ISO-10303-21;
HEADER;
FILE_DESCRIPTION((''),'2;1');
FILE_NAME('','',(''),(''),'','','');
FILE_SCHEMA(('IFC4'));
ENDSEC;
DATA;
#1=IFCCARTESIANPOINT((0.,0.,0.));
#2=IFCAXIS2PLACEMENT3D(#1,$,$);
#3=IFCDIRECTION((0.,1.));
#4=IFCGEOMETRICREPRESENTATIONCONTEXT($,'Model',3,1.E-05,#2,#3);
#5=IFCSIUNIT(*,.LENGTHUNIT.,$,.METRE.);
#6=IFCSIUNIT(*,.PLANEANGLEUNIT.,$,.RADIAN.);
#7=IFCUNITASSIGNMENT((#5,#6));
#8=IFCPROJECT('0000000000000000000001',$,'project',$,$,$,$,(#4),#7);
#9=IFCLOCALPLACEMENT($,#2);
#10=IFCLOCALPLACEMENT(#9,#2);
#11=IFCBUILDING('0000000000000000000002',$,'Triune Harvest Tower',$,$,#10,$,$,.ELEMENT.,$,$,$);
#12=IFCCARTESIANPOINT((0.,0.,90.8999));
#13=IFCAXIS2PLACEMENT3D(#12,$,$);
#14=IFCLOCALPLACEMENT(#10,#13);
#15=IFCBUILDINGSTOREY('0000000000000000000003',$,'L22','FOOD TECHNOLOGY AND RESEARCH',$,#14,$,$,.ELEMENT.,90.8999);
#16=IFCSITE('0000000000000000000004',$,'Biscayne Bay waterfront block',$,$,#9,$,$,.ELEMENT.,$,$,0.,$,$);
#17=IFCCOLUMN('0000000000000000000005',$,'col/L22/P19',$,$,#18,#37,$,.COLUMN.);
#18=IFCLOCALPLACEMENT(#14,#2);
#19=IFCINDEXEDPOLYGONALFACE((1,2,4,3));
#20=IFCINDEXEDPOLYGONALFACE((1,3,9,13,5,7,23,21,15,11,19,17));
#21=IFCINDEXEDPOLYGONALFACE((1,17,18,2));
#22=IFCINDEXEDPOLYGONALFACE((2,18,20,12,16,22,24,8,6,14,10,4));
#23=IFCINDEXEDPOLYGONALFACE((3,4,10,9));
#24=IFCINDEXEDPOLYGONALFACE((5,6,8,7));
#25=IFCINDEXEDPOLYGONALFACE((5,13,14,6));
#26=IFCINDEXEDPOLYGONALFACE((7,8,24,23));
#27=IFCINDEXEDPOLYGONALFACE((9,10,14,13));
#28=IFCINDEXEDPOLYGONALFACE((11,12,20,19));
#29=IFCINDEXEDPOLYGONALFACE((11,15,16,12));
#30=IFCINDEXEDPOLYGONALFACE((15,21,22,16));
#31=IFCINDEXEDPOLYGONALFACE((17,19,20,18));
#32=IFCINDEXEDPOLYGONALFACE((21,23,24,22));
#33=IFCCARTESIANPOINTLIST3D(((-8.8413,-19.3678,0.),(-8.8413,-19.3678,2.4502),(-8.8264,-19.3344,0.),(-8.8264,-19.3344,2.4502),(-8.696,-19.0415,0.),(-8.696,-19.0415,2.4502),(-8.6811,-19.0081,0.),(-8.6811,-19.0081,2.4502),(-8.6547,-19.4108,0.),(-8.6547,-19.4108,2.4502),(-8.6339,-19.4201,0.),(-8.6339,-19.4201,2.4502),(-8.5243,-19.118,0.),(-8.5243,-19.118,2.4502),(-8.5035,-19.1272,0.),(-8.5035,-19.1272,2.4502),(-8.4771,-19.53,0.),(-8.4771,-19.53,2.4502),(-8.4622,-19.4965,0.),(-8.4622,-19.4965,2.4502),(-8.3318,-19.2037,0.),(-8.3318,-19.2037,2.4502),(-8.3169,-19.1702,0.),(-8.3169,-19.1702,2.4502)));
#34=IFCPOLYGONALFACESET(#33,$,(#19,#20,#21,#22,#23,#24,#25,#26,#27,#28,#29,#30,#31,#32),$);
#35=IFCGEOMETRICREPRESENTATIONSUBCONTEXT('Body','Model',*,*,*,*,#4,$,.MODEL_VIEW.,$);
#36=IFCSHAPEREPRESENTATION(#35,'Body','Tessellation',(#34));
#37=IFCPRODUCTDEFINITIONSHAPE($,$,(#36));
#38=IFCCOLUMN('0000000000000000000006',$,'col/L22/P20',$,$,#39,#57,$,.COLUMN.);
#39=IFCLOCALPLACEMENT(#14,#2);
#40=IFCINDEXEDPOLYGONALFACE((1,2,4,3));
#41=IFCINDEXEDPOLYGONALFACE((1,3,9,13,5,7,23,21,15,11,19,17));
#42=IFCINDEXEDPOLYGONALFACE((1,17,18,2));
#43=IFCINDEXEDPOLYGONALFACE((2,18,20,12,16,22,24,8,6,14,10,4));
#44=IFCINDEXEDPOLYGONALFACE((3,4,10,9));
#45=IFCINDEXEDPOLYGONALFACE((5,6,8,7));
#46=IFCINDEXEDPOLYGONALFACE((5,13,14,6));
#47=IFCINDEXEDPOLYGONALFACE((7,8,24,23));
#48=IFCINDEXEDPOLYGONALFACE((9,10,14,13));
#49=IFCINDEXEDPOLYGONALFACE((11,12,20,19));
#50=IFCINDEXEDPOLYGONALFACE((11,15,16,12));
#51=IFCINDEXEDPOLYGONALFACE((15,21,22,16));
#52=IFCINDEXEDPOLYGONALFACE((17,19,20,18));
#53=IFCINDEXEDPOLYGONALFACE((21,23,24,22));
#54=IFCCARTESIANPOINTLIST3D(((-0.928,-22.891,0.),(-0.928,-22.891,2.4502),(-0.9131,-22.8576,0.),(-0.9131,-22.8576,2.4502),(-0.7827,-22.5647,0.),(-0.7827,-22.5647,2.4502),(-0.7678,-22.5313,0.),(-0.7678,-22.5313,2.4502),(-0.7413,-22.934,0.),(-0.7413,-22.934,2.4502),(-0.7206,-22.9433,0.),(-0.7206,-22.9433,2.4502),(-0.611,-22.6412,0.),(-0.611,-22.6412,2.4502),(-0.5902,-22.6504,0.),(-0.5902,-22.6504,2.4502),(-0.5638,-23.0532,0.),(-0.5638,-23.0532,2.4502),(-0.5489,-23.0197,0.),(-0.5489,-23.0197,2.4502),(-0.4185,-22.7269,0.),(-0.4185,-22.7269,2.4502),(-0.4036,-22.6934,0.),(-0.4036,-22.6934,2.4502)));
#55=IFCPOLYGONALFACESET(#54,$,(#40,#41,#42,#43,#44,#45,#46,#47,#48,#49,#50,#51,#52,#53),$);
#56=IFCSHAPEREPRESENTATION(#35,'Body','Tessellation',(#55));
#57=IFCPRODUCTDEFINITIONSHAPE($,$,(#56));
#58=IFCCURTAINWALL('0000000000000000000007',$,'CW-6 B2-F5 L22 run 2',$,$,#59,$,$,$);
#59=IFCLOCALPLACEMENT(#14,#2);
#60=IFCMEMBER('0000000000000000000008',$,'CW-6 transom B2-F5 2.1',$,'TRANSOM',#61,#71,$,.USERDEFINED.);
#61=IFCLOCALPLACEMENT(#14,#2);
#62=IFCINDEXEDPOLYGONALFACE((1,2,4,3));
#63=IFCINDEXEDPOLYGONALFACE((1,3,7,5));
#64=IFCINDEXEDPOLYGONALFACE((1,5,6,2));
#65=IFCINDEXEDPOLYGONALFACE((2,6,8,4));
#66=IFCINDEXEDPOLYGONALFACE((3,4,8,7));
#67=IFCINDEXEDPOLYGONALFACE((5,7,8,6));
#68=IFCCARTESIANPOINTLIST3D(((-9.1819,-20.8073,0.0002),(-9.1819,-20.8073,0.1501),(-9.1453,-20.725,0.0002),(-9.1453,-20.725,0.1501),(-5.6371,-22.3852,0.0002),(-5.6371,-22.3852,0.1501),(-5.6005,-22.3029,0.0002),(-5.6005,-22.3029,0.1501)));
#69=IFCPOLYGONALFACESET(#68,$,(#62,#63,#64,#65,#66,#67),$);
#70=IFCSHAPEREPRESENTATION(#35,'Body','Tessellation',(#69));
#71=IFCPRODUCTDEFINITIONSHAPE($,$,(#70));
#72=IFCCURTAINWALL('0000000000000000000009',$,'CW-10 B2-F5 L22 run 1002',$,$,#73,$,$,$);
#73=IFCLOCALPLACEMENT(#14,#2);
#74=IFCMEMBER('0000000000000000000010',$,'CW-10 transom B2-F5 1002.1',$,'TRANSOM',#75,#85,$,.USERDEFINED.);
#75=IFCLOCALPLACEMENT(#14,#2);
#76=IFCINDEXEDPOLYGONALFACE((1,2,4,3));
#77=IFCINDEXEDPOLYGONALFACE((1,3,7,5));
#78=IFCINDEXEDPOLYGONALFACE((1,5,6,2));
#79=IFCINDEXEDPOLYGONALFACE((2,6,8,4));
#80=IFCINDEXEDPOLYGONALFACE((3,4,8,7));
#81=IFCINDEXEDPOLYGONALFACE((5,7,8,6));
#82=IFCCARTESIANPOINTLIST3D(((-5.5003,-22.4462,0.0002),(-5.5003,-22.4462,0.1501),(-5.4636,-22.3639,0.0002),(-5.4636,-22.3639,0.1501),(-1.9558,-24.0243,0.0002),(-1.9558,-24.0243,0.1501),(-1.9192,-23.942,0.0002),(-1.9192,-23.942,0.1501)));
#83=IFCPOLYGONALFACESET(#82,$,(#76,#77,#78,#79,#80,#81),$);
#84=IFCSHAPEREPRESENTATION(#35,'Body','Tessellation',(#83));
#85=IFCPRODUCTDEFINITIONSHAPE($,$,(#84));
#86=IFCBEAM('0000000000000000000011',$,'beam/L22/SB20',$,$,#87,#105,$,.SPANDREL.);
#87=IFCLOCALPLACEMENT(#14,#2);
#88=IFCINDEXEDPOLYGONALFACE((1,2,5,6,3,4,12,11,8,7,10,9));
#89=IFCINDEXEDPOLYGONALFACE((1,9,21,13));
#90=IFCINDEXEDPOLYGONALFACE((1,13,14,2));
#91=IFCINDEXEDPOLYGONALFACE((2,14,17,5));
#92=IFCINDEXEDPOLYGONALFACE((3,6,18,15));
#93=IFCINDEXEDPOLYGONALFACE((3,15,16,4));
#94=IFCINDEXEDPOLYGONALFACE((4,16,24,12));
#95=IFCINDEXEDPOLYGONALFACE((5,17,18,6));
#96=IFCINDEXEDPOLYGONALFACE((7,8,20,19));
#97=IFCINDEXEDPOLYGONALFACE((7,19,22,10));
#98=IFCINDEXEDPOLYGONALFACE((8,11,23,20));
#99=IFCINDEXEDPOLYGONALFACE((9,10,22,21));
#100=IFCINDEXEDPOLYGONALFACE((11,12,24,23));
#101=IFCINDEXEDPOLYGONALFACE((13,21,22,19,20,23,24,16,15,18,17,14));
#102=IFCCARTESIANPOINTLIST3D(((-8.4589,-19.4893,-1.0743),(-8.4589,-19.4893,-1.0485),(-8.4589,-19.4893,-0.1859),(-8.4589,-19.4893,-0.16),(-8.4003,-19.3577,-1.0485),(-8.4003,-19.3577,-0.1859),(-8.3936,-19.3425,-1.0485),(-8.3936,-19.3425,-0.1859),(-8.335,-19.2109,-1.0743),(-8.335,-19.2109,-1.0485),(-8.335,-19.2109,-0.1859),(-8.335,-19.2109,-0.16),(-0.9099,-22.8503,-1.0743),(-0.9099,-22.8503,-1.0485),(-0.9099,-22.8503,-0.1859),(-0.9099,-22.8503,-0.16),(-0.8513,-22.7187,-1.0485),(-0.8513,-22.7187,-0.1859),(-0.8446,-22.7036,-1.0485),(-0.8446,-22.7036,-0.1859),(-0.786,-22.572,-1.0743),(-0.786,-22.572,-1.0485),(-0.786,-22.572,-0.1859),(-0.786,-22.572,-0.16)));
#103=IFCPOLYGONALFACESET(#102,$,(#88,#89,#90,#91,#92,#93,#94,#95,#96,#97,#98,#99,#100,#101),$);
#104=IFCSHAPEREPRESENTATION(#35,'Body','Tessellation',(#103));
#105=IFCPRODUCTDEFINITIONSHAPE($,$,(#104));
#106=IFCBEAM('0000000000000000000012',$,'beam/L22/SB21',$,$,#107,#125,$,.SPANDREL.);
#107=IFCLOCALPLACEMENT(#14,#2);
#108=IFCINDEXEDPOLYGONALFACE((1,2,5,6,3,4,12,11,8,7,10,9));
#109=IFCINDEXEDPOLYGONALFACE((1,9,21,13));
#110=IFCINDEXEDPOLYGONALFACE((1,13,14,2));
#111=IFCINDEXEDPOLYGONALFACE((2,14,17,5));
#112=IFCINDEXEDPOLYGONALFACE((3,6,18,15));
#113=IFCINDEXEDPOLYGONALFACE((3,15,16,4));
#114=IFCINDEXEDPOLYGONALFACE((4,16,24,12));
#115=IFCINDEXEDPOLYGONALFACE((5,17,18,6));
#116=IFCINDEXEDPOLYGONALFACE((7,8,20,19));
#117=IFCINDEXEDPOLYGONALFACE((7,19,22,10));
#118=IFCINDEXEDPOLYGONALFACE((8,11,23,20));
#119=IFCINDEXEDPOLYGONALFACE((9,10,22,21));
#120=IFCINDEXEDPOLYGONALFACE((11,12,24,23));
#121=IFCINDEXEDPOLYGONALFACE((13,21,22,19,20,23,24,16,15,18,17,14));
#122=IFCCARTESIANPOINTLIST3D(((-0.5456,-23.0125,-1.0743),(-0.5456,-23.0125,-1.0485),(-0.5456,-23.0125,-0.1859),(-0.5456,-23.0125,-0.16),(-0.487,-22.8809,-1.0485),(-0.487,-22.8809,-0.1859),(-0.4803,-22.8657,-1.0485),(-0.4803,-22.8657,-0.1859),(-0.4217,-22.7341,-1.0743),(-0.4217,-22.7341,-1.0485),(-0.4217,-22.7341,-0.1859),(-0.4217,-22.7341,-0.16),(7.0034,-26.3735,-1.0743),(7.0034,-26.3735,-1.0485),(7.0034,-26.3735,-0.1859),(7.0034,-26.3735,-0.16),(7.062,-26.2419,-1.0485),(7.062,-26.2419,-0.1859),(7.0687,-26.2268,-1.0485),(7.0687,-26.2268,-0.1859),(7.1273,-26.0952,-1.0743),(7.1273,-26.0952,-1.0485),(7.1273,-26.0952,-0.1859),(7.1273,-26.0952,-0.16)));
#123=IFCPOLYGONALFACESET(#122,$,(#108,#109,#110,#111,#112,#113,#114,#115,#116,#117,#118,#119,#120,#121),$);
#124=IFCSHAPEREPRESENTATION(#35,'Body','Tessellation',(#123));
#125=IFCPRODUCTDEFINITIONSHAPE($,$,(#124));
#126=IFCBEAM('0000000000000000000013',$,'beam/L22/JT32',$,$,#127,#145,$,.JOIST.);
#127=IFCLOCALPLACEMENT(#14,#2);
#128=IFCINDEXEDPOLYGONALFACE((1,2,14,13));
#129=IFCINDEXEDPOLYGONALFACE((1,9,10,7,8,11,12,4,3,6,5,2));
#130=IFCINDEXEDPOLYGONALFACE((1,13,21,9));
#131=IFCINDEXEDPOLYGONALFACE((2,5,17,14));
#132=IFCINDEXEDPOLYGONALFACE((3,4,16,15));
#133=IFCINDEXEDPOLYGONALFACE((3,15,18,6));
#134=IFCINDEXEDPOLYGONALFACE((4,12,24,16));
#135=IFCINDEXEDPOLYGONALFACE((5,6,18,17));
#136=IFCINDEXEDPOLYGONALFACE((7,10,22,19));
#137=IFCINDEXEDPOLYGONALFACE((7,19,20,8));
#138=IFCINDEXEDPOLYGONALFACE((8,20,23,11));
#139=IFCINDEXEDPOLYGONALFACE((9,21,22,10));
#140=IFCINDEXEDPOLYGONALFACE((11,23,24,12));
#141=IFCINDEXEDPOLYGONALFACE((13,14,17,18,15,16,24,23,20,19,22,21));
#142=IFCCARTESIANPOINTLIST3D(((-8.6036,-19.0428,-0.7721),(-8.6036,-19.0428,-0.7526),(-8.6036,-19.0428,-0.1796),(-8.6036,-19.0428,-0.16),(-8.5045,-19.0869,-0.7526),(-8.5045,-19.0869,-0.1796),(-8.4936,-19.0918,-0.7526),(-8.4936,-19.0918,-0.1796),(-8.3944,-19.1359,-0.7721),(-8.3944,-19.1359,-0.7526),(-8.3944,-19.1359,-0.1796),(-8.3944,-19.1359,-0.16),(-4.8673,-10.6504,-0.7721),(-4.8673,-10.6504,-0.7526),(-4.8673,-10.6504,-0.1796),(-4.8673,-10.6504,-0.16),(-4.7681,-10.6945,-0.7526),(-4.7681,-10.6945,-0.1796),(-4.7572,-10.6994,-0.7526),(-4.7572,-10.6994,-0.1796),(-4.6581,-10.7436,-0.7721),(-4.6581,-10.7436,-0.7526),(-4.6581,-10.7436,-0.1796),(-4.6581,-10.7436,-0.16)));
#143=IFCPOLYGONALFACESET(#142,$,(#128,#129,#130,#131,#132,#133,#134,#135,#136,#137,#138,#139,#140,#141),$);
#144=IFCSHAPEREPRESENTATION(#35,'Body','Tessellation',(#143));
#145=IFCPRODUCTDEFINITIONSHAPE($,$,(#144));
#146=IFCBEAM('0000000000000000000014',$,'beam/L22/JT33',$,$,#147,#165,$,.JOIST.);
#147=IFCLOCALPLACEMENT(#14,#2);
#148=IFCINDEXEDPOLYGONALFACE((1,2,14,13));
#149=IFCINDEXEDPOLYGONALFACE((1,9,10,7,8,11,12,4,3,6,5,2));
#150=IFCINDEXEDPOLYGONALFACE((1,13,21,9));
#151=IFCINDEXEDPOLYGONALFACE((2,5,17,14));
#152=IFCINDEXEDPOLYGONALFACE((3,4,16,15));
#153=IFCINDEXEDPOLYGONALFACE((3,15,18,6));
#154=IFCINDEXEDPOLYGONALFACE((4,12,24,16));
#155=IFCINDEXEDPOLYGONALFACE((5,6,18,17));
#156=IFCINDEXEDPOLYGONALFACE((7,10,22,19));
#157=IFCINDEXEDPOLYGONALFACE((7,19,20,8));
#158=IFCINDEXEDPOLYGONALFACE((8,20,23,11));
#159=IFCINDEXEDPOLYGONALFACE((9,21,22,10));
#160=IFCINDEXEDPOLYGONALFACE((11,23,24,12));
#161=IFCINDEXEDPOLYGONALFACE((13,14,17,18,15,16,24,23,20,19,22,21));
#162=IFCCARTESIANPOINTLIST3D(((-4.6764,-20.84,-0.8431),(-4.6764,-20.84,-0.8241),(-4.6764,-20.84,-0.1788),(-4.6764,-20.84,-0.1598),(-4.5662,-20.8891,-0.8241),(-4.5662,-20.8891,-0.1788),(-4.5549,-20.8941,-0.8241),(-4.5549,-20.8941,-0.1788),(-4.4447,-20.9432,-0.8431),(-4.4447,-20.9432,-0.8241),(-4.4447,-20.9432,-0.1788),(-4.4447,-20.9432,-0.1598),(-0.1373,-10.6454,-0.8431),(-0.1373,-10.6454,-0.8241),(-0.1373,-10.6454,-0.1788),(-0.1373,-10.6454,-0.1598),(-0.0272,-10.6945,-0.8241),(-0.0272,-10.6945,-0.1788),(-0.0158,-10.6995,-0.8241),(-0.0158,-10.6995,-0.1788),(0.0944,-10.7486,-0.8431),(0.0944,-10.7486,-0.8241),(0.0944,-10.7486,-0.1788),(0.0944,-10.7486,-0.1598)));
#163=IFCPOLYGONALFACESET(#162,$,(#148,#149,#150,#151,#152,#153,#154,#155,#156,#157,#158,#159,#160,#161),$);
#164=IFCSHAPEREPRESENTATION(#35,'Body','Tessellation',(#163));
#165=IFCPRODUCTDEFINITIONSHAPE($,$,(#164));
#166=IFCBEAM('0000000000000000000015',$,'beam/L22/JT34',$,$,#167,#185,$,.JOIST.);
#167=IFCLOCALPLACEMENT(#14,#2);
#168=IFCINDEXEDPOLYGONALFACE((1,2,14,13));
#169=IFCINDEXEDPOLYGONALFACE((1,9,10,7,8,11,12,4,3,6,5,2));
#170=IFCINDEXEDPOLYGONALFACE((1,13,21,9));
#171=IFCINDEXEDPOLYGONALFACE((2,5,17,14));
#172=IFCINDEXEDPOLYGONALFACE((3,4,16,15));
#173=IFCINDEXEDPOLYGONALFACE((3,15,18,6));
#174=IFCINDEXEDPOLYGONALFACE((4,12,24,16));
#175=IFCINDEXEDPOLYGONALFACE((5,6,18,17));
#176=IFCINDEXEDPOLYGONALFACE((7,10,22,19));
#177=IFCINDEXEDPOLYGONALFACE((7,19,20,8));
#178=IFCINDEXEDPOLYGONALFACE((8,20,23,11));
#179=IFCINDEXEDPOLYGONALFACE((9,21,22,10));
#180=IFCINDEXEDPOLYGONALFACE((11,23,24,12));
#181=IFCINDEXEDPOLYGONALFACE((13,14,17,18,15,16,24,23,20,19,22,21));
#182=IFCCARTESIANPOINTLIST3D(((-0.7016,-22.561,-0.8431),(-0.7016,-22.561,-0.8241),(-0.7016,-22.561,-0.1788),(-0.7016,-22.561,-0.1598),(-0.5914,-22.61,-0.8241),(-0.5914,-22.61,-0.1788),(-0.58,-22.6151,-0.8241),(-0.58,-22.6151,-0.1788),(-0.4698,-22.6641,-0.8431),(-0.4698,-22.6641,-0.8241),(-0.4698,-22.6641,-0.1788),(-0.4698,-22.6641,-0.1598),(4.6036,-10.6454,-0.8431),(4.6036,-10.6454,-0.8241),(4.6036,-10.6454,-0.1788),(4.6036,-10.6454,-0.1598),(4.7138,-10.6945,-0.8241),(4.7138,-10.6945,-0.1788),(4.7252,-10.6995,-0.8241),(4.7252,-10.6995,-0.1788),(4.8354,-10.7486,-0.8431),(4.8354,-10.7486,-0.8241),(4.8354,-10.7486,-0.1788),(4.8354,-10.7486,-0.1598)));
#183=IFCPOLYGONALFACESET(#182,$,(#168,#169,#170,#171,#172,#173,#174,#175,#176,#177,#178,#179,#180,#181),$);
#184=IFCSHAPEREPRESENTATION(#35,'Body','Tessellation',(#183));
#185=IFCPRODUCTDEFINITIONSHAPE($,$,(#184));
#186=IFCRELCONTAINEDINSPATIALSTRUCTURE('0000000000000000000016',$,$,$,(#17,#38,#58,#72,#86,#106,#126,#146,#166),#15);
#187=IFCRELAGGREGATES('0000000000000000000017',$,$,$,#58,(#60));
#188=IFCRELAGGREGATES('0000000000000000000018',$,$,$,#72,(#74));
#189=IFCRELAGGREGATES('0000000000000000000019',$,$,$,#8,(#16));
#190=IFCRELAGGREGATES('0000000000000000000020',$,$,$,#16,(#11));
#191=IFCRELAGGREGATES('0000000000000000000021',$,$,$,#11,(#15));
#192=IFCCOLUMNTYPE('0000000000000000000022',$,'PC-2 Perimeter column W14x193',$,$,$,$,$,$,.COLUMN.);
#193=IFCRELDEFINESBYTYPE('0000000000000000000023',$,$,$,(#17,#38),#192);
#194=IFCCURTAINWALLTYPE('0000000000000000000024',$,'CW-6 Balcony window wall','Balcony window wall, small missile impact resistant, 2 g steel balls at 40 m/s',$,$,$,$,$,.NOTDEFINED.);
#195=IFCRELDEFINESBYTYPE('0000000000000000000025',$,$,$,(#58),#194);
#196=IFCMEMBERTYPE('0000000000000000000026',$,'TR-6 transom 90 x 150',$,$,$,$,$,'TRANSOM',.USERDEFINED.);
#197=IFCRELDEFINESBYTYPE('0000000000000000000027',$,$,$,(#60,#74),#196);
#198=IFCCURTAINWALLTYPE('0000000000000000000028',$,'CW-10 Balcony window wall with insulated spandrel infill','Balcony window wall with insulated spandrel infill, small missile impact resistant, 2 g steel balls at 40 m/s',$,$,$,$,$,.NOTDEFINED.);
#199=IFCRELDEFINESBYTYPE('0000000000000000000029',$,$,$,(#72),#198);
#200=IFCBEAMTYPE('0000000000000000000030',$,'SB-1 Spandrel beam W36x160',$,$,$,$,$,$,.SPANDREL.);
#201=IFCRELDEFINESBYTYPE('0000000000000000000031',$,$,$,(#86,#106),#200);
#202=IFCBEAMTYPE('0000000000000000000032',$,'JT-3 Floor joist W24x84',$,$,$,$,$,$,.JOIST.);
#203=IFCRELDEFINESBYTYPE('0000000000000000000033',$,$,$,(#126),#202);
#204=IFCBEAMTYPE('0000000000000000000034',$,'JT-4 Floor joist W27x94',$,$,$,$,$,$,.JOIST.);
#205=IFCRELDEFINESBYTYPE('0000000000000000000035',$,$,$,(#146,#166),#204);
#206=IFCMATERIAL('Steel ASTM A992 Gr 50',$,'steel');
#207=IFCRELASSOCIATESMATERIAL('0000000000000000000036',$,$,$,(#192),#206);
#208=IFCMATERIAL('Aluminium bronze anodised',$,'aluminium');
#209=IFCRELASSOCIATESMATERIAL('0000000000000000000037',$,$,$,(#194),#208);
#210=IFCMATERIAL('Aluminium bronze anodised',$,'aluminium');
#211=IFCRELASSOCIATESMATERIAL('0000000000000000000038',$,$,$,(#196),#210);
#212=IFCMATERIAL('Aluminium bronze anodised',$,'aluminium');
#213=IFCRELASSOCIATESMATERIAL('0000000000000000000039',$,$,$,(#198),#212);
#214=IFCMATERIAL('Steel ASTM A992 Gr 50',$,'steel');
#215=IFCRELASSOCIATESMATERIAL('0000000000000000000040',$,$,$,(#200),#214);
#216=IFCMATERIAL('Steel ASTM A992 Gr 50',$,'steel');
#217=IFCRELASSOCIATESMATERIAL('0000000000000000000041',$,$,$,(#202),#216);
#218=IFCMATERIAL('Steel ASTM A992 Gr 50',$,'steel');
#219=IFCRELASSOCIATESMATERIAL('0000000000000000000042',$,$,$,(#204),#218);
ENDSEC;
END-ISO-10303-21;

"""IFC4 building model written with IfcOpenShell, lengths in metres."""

from ifc_helpers import new_model, si_unit, direction, frame, origin, origin_2d, place, context, subcontext, project, spatial, rectangle, i_section, extrude, source, transform, mapped, material, material_profile, profile_set, type_object, element, aggregate, save


model = new_model("IFC4")

# Units and contexts
model_context = context("Model", 3, precision=1e-05, world=origin(), true_north=direction((0.0, 1.0)))
body_context = subcontext(model_context, "Body", "Model", "MODEL_VIEW")
ifc_project = project(units=[si_unit("LENGTHUNIT", "METRE"), si_unit("PLANEANGLEUNIT", "RADIAN")], contexts=[model_context])

# Site, building, storey
site_placement = place(None, origin())
site = spatial("IfcSite", under=ifc_project, at=site_placement, Name="Biscayne Bay waterfront block", CompositionType="ELEMENT", RefElevation=0.0)
building_placement = place(site_placement, origin())
building = spatial("IfcBuilding", under=site, at=building_placement, Name="Triune Harvest Tower", CompositionType="ELEMENT")
storey_placement = place(building_placement, frame((0.0, 0.0, 90.8999)))
storey = spatial("IfcBuildingStorey", under=building, at=storey_placement, Name="L22", Description="FOOD TECHNOLOGY AND RESEARCH", CompositionType="ELEMENT", Elevation=90.8999)

# Columns
ifc_material_1 = material(Name="Steel ASTM A992 Gr 50", Category="steel")
ifc_material_profile_1 = material_profile(ifc_material_1, i_section(OverallWidth=0.3987, OverallDepth=0.3938, WebThickness=0.0227, FlangeThickness=0.0366, at=origin_2d()), Name="W14x193")
ifc_profile_set_1 = profile_set([ifc_material_profile_1], Name="Steel ASTM A992 Gr 50")
column_type = type_object("IfcColumnType", Name="PC-2 Perimeter column W14x193", PredefinedType="COLUMN", material=ifc_profile_set_1)
shared_shape_1 = source(origin(), body_context, "Body", "SweptSolid", [
    extrude(i_section(OverallWidth=0.3987, OverallDepth=0.3938, WebThickness=0.0227, FlangeThickness=0.0366, at=origin_2d()), origin(), (0.0, 0.0, 1.0), 2.4502),
])
for number, where, z_axis, x_axis, name in (
    (1, (-8.5791, -19.269, 0.0), (0.0, 0.0, 1.0), (0.913545, -0.406737, 0.0), "col/L22/P19"),
    (2, (-0.6658, -22.7922, 0.0), (0.0, 0.0, 1.0), (0.913545, -0.406737, 0.0), "col/L22/P20"),
):
    element("IfcColumn", number, at=place(storey_placement, frame(where, z_axis=z_axis, x_axis=x_axis)), inside=storey, type_object=column_type, Name=name, PredefinedType="COLUMN", context=body_context, shape_type="MappedRepresentation", body=[
        mapped(shared_shape_1, transform((0.0, 0.0, 0.0), scale=1.0)),
    ])

# Curtain walls, members
ifc_material_2 = material(Name="Aluminium bronze anodised", Category="aluminium")
curtain_wall_type_1 = type_object("IfcCurtainWallType", Name="CW-6 Balcony window wall", Description="Balcony window wall, small missile impact resistant, 2 g steel balls at 40 m/s", PredefinedType="NOTDEFINED", material=ifc_material_2)
curtain_wall_1_placement = place(storey_placement, origin())
curtain_wall_1 = element("IfcCurtainWall", 3, at=curtain_wall_1_placement, inside=storey, type_object=curtain_wall_type_1, Name="CW-6 B2-F5 L22 run 2")
ifc_material_3 = material(Name="Aluminium bronze anodised", Category="aluminium")
ifc_material_profile_2 = material_profile(ifc_material_3, rectangle(XDim=0.0901, YDim=0.1499, at=origin_2d()), Name="TR-6 transom 90 x 150")
ifc_profile_set_2 = profile_set([ifc_material_profile_2], Name="Aluminium bronze anodised")
member_type_1 = type_object("IfcMemberType", Name="TR-6 transom 90 x 150", ElementType="TRANSOM", PredefinedType="USERDEFINED", material=ifc_profile_set_2)
member_1_placement = place(storey_placement, frame((-9.1636, -20.7661, 0.0752), z_axis=(0.913575, -0.40667, 0.0), x_axis=(0.40667, 0.913575, 0.0)))
member_1 = element("IfcMember", 4, at=member_1_placement, type_object=member_type_1, Name="CW-6 transom B2-F5 2.1", ObjectType="TRANSOM", PredefinedType="USERDEFINED", context=body_context, shape_type="SweptSolid", body=[
    extrude(rectangle(XDim=0.0901, YDim=0.1499, at=origin_2d()), origin(), (0.0, 0.0, 1.0), 3.8801),
])
ifc_material_4 = material(Name="Aluminium bronze anodised", Category="aluminium")
curtain_wall_type_2 = type_object("IfcCurtainWallType", Name="CW-10 Balcony window wall with insulated spandrel infill", Description="Balcony window wall with insulated spandrel infill, small missile impact resistant, 2 g steel balls at 40 m/s", PredefinedType="NOTDEFINED", material=ifc_material_4)
curtain_wall_2_placement = place(storey_placement, origin())
curtain_wall_2 = element("IfcCurtainWall", 5, at=curtain_wall_2_placement, inside=storey, type_object=curtain_wall_type_2, Name="CW-10 B2-F5 L22 run 1002")
member_2_placement = place(storey_placement, frame((-5.4819, -22.405, 0.0752), z_axis=(0.913541, -0.406746, 0.0), x_axis=(0.406746, 0.913541, 0.0)))
member_2 = element("IfcMember", 6, at=member_2_placement, type_object=member_type_1, Name="CW-10 transom B2-F5 1002.1", ObjectType="TRANSOM", PredefinedType="USERDEFINED", context=body_context, shape_type="SweptSolid", body=[
    extrude(rectangle(XDim=0.0901, YDim=0.1499, at=origin_2d()), origin(), (0.0, 0.0, 1.0), 3.8799),
])

# Beams
ifc_material_5 = material(Name="Steel ASTM A992 Gr 50", Category="steel")
ifc_material_profile_3 = material_profile(ifc_material_5, i_section(OverallWidth=0.3047, OverallDepth=0.9143, WebThickness=0.0166, FlangeThickness=0.0259, at=origin_2d()), Name="W36x160")
ifc_profile_set_3 = profile_set([ifc_material_profile_3], Name="Steel ASTM A992 Gr 50")
beam_type_1 = type_object("IfcBeamType", Name="SB-1 Spandrel beam W36x160", PredefinedType="SPANDREL", material=ifc_profile_set_3)
shared_shape_2 = source(origin(), body_context, "Body", "SweptSolid", [
    extrude(i_section(OverallWidth=0.3047, OverallDepth=0.9143, WebThickness=0.0166, FlangeThickness=0.0259, at=origin_2d()), origin(), (0.0, 0.0, 1.0), 8.2634),
])
for number, where, z_axis, x_axis, name in (
    (7, (-8.397, -19.3501, -0.6172), (0.913545, -0.406739, 0.0), (0.406739, 0.913545, 0.0), "beam/L22/SB20"),
    (8, (-0.4836, -22.8733, -0.6172), (0.913545, -0.406739, 0.0), (0.406739, 0.913545, 0.0), "beam/L22/SB21"),
):
    element("IfcBeam", number, at=place(storey_placement, frame(where, z_axis=z_axis, x_axis=x_axis)), inside=storey, type_object=beam_type_1, Name=name, PredefinedType="SPANDREL", context=body_context, shape_type="MappedRepresentation", body=[
        mapped(shared_shape_2, transform((0.0, 0.0, 0.0), scale=1.0)),
    ])
ifc_material_6 = material(Name="Steel ASTM A992 Gr 50", Category="steel")
ifc_material_profile_4 = material_profile(ifc_material_6, i_section(OverallWidth=0.229, OverallDepth=0.6121, WebThickness=0.012, FlangeThickness=0.0195, at=origin_2d()), Name="W24x84")
ifc_profile_set_4 = profile_set([ifc_material_profile_4], Name="Steel ASTM A992 Gr 50")
beam_type_2 = type_object("IfcBeamType", Name="JT-3 Floor joist W24x84", PredefinedType="JOIST", material=ifc_profile_set_4)
shared_shape_3 = source(origin(), body_context, "Body", "SweptSolid", [
    extrude(i_section(OverallWidth=0.229, OverallDepth=0.6121, WebThickness=0.012, FlangeThickness=0.0195, at=origin_2d()), origin(), (0.0, 0.0, 1.0), 9.1865),
])
beam_1_placement = place(storey_placement, frame((-8.499, -19.0894, -0.4661), z_axis=(0.40672, 0.913553, 0.0), x_axis=(-0.913553, 0.40672, 0.0)))
element("IfcBeam", 9, at=beam_1_placement, inside=storey, type_object=beam_type_2, Name="beam/L22/JT32", PredefinedType="JOIST", context=body_context, shape_type="MappedRepresentation", body=[
    mapped(shared_shape_3, transform((0.0, 0.0, 0.0), scale=1.0)),
])
ifc_material_7 = material(Name="Steel ASTM A992 Gr 50", Category="steel")
ifc_material_profile_5 = material_profile(ifc_material_7, i_section(OverallWidth=0.2537, OverallDepth=0.6833, WebThickness=0.0125, FlangeThickness=0.019, at=origin_2d()), Name="W27x94")
ifc_profile_set_5 = profile_set([ifc_material_profile_5], Name="Steel ASTM A992 Gr 50")
beam_type_3 = type_object("IfcBeamType", Name="JT-4 Floor joist W27x94", PredefinedType="JOIST", material=ifc_profile_set_5)
shared_shape_4 = source(origin(), body_context, "Body", "SweptSolid", [
    extrude(i_section(OverallWidth=0.2537, OverallDepth=0.6833, WebThickness=0.0125, FlangeThickness=0.019, at=origin_2d()), origin(), (0.0, 0.0, 1.0), 11.1594),
])
beam_2_placement = place(storey_placement, frame((-4.5605, -20.8916, -0.5015), z_axis=(0.406747, 0.913541, 0.0), x_axis=(-0.913541, 0.406747, 0.0)))
element("IfcBeam", 10, at=beam_2_placement, inside=storey, type_object=beam_type_3, Name="beam/L22/JT33", PredefinedType="JOIST", context=body_context, shape_type="MappedRepresentation", body=[
    mapped(shared_shape_4, transform((0.0, 0.0, 0.0), scale=1.0)),
])
shared_shape_5 = source(origin(), body_context, "Body", "SweptSolid", [
    extrude(i_section(OverallWidth=0.2537, OverallDepth=0.6833, WebThickness=0.0125, FlangeThickness=0.019, at=origin_2d()), origin(), (0.0, 0.0, 1.0), 13.0432),
])
beam_3_placement = place(storey_placement, frame((-0.5857, -22.6125, -0.5015), z_axis=(0.406739, 0.913544, 0.0), x_axis=(-0.913544, 0.406739, 0.0)))
element("IfcBeam", 11, at=beam_3_placement, inside=storey, type_object=beam_type_3, Name="beam/L22/JT34", PredefinedType="JOIST", context=body_context, shape_type="MappedRepresentation", body=[
    mapped(shared_shape_5, transform((0.0, 0.0, 0.0), scale=1.0)),
])

aggregate(curtain_wall_1, [member_1])
aggregate(curtain_wall_2, [member_2])

save(model, "model.ifc")
